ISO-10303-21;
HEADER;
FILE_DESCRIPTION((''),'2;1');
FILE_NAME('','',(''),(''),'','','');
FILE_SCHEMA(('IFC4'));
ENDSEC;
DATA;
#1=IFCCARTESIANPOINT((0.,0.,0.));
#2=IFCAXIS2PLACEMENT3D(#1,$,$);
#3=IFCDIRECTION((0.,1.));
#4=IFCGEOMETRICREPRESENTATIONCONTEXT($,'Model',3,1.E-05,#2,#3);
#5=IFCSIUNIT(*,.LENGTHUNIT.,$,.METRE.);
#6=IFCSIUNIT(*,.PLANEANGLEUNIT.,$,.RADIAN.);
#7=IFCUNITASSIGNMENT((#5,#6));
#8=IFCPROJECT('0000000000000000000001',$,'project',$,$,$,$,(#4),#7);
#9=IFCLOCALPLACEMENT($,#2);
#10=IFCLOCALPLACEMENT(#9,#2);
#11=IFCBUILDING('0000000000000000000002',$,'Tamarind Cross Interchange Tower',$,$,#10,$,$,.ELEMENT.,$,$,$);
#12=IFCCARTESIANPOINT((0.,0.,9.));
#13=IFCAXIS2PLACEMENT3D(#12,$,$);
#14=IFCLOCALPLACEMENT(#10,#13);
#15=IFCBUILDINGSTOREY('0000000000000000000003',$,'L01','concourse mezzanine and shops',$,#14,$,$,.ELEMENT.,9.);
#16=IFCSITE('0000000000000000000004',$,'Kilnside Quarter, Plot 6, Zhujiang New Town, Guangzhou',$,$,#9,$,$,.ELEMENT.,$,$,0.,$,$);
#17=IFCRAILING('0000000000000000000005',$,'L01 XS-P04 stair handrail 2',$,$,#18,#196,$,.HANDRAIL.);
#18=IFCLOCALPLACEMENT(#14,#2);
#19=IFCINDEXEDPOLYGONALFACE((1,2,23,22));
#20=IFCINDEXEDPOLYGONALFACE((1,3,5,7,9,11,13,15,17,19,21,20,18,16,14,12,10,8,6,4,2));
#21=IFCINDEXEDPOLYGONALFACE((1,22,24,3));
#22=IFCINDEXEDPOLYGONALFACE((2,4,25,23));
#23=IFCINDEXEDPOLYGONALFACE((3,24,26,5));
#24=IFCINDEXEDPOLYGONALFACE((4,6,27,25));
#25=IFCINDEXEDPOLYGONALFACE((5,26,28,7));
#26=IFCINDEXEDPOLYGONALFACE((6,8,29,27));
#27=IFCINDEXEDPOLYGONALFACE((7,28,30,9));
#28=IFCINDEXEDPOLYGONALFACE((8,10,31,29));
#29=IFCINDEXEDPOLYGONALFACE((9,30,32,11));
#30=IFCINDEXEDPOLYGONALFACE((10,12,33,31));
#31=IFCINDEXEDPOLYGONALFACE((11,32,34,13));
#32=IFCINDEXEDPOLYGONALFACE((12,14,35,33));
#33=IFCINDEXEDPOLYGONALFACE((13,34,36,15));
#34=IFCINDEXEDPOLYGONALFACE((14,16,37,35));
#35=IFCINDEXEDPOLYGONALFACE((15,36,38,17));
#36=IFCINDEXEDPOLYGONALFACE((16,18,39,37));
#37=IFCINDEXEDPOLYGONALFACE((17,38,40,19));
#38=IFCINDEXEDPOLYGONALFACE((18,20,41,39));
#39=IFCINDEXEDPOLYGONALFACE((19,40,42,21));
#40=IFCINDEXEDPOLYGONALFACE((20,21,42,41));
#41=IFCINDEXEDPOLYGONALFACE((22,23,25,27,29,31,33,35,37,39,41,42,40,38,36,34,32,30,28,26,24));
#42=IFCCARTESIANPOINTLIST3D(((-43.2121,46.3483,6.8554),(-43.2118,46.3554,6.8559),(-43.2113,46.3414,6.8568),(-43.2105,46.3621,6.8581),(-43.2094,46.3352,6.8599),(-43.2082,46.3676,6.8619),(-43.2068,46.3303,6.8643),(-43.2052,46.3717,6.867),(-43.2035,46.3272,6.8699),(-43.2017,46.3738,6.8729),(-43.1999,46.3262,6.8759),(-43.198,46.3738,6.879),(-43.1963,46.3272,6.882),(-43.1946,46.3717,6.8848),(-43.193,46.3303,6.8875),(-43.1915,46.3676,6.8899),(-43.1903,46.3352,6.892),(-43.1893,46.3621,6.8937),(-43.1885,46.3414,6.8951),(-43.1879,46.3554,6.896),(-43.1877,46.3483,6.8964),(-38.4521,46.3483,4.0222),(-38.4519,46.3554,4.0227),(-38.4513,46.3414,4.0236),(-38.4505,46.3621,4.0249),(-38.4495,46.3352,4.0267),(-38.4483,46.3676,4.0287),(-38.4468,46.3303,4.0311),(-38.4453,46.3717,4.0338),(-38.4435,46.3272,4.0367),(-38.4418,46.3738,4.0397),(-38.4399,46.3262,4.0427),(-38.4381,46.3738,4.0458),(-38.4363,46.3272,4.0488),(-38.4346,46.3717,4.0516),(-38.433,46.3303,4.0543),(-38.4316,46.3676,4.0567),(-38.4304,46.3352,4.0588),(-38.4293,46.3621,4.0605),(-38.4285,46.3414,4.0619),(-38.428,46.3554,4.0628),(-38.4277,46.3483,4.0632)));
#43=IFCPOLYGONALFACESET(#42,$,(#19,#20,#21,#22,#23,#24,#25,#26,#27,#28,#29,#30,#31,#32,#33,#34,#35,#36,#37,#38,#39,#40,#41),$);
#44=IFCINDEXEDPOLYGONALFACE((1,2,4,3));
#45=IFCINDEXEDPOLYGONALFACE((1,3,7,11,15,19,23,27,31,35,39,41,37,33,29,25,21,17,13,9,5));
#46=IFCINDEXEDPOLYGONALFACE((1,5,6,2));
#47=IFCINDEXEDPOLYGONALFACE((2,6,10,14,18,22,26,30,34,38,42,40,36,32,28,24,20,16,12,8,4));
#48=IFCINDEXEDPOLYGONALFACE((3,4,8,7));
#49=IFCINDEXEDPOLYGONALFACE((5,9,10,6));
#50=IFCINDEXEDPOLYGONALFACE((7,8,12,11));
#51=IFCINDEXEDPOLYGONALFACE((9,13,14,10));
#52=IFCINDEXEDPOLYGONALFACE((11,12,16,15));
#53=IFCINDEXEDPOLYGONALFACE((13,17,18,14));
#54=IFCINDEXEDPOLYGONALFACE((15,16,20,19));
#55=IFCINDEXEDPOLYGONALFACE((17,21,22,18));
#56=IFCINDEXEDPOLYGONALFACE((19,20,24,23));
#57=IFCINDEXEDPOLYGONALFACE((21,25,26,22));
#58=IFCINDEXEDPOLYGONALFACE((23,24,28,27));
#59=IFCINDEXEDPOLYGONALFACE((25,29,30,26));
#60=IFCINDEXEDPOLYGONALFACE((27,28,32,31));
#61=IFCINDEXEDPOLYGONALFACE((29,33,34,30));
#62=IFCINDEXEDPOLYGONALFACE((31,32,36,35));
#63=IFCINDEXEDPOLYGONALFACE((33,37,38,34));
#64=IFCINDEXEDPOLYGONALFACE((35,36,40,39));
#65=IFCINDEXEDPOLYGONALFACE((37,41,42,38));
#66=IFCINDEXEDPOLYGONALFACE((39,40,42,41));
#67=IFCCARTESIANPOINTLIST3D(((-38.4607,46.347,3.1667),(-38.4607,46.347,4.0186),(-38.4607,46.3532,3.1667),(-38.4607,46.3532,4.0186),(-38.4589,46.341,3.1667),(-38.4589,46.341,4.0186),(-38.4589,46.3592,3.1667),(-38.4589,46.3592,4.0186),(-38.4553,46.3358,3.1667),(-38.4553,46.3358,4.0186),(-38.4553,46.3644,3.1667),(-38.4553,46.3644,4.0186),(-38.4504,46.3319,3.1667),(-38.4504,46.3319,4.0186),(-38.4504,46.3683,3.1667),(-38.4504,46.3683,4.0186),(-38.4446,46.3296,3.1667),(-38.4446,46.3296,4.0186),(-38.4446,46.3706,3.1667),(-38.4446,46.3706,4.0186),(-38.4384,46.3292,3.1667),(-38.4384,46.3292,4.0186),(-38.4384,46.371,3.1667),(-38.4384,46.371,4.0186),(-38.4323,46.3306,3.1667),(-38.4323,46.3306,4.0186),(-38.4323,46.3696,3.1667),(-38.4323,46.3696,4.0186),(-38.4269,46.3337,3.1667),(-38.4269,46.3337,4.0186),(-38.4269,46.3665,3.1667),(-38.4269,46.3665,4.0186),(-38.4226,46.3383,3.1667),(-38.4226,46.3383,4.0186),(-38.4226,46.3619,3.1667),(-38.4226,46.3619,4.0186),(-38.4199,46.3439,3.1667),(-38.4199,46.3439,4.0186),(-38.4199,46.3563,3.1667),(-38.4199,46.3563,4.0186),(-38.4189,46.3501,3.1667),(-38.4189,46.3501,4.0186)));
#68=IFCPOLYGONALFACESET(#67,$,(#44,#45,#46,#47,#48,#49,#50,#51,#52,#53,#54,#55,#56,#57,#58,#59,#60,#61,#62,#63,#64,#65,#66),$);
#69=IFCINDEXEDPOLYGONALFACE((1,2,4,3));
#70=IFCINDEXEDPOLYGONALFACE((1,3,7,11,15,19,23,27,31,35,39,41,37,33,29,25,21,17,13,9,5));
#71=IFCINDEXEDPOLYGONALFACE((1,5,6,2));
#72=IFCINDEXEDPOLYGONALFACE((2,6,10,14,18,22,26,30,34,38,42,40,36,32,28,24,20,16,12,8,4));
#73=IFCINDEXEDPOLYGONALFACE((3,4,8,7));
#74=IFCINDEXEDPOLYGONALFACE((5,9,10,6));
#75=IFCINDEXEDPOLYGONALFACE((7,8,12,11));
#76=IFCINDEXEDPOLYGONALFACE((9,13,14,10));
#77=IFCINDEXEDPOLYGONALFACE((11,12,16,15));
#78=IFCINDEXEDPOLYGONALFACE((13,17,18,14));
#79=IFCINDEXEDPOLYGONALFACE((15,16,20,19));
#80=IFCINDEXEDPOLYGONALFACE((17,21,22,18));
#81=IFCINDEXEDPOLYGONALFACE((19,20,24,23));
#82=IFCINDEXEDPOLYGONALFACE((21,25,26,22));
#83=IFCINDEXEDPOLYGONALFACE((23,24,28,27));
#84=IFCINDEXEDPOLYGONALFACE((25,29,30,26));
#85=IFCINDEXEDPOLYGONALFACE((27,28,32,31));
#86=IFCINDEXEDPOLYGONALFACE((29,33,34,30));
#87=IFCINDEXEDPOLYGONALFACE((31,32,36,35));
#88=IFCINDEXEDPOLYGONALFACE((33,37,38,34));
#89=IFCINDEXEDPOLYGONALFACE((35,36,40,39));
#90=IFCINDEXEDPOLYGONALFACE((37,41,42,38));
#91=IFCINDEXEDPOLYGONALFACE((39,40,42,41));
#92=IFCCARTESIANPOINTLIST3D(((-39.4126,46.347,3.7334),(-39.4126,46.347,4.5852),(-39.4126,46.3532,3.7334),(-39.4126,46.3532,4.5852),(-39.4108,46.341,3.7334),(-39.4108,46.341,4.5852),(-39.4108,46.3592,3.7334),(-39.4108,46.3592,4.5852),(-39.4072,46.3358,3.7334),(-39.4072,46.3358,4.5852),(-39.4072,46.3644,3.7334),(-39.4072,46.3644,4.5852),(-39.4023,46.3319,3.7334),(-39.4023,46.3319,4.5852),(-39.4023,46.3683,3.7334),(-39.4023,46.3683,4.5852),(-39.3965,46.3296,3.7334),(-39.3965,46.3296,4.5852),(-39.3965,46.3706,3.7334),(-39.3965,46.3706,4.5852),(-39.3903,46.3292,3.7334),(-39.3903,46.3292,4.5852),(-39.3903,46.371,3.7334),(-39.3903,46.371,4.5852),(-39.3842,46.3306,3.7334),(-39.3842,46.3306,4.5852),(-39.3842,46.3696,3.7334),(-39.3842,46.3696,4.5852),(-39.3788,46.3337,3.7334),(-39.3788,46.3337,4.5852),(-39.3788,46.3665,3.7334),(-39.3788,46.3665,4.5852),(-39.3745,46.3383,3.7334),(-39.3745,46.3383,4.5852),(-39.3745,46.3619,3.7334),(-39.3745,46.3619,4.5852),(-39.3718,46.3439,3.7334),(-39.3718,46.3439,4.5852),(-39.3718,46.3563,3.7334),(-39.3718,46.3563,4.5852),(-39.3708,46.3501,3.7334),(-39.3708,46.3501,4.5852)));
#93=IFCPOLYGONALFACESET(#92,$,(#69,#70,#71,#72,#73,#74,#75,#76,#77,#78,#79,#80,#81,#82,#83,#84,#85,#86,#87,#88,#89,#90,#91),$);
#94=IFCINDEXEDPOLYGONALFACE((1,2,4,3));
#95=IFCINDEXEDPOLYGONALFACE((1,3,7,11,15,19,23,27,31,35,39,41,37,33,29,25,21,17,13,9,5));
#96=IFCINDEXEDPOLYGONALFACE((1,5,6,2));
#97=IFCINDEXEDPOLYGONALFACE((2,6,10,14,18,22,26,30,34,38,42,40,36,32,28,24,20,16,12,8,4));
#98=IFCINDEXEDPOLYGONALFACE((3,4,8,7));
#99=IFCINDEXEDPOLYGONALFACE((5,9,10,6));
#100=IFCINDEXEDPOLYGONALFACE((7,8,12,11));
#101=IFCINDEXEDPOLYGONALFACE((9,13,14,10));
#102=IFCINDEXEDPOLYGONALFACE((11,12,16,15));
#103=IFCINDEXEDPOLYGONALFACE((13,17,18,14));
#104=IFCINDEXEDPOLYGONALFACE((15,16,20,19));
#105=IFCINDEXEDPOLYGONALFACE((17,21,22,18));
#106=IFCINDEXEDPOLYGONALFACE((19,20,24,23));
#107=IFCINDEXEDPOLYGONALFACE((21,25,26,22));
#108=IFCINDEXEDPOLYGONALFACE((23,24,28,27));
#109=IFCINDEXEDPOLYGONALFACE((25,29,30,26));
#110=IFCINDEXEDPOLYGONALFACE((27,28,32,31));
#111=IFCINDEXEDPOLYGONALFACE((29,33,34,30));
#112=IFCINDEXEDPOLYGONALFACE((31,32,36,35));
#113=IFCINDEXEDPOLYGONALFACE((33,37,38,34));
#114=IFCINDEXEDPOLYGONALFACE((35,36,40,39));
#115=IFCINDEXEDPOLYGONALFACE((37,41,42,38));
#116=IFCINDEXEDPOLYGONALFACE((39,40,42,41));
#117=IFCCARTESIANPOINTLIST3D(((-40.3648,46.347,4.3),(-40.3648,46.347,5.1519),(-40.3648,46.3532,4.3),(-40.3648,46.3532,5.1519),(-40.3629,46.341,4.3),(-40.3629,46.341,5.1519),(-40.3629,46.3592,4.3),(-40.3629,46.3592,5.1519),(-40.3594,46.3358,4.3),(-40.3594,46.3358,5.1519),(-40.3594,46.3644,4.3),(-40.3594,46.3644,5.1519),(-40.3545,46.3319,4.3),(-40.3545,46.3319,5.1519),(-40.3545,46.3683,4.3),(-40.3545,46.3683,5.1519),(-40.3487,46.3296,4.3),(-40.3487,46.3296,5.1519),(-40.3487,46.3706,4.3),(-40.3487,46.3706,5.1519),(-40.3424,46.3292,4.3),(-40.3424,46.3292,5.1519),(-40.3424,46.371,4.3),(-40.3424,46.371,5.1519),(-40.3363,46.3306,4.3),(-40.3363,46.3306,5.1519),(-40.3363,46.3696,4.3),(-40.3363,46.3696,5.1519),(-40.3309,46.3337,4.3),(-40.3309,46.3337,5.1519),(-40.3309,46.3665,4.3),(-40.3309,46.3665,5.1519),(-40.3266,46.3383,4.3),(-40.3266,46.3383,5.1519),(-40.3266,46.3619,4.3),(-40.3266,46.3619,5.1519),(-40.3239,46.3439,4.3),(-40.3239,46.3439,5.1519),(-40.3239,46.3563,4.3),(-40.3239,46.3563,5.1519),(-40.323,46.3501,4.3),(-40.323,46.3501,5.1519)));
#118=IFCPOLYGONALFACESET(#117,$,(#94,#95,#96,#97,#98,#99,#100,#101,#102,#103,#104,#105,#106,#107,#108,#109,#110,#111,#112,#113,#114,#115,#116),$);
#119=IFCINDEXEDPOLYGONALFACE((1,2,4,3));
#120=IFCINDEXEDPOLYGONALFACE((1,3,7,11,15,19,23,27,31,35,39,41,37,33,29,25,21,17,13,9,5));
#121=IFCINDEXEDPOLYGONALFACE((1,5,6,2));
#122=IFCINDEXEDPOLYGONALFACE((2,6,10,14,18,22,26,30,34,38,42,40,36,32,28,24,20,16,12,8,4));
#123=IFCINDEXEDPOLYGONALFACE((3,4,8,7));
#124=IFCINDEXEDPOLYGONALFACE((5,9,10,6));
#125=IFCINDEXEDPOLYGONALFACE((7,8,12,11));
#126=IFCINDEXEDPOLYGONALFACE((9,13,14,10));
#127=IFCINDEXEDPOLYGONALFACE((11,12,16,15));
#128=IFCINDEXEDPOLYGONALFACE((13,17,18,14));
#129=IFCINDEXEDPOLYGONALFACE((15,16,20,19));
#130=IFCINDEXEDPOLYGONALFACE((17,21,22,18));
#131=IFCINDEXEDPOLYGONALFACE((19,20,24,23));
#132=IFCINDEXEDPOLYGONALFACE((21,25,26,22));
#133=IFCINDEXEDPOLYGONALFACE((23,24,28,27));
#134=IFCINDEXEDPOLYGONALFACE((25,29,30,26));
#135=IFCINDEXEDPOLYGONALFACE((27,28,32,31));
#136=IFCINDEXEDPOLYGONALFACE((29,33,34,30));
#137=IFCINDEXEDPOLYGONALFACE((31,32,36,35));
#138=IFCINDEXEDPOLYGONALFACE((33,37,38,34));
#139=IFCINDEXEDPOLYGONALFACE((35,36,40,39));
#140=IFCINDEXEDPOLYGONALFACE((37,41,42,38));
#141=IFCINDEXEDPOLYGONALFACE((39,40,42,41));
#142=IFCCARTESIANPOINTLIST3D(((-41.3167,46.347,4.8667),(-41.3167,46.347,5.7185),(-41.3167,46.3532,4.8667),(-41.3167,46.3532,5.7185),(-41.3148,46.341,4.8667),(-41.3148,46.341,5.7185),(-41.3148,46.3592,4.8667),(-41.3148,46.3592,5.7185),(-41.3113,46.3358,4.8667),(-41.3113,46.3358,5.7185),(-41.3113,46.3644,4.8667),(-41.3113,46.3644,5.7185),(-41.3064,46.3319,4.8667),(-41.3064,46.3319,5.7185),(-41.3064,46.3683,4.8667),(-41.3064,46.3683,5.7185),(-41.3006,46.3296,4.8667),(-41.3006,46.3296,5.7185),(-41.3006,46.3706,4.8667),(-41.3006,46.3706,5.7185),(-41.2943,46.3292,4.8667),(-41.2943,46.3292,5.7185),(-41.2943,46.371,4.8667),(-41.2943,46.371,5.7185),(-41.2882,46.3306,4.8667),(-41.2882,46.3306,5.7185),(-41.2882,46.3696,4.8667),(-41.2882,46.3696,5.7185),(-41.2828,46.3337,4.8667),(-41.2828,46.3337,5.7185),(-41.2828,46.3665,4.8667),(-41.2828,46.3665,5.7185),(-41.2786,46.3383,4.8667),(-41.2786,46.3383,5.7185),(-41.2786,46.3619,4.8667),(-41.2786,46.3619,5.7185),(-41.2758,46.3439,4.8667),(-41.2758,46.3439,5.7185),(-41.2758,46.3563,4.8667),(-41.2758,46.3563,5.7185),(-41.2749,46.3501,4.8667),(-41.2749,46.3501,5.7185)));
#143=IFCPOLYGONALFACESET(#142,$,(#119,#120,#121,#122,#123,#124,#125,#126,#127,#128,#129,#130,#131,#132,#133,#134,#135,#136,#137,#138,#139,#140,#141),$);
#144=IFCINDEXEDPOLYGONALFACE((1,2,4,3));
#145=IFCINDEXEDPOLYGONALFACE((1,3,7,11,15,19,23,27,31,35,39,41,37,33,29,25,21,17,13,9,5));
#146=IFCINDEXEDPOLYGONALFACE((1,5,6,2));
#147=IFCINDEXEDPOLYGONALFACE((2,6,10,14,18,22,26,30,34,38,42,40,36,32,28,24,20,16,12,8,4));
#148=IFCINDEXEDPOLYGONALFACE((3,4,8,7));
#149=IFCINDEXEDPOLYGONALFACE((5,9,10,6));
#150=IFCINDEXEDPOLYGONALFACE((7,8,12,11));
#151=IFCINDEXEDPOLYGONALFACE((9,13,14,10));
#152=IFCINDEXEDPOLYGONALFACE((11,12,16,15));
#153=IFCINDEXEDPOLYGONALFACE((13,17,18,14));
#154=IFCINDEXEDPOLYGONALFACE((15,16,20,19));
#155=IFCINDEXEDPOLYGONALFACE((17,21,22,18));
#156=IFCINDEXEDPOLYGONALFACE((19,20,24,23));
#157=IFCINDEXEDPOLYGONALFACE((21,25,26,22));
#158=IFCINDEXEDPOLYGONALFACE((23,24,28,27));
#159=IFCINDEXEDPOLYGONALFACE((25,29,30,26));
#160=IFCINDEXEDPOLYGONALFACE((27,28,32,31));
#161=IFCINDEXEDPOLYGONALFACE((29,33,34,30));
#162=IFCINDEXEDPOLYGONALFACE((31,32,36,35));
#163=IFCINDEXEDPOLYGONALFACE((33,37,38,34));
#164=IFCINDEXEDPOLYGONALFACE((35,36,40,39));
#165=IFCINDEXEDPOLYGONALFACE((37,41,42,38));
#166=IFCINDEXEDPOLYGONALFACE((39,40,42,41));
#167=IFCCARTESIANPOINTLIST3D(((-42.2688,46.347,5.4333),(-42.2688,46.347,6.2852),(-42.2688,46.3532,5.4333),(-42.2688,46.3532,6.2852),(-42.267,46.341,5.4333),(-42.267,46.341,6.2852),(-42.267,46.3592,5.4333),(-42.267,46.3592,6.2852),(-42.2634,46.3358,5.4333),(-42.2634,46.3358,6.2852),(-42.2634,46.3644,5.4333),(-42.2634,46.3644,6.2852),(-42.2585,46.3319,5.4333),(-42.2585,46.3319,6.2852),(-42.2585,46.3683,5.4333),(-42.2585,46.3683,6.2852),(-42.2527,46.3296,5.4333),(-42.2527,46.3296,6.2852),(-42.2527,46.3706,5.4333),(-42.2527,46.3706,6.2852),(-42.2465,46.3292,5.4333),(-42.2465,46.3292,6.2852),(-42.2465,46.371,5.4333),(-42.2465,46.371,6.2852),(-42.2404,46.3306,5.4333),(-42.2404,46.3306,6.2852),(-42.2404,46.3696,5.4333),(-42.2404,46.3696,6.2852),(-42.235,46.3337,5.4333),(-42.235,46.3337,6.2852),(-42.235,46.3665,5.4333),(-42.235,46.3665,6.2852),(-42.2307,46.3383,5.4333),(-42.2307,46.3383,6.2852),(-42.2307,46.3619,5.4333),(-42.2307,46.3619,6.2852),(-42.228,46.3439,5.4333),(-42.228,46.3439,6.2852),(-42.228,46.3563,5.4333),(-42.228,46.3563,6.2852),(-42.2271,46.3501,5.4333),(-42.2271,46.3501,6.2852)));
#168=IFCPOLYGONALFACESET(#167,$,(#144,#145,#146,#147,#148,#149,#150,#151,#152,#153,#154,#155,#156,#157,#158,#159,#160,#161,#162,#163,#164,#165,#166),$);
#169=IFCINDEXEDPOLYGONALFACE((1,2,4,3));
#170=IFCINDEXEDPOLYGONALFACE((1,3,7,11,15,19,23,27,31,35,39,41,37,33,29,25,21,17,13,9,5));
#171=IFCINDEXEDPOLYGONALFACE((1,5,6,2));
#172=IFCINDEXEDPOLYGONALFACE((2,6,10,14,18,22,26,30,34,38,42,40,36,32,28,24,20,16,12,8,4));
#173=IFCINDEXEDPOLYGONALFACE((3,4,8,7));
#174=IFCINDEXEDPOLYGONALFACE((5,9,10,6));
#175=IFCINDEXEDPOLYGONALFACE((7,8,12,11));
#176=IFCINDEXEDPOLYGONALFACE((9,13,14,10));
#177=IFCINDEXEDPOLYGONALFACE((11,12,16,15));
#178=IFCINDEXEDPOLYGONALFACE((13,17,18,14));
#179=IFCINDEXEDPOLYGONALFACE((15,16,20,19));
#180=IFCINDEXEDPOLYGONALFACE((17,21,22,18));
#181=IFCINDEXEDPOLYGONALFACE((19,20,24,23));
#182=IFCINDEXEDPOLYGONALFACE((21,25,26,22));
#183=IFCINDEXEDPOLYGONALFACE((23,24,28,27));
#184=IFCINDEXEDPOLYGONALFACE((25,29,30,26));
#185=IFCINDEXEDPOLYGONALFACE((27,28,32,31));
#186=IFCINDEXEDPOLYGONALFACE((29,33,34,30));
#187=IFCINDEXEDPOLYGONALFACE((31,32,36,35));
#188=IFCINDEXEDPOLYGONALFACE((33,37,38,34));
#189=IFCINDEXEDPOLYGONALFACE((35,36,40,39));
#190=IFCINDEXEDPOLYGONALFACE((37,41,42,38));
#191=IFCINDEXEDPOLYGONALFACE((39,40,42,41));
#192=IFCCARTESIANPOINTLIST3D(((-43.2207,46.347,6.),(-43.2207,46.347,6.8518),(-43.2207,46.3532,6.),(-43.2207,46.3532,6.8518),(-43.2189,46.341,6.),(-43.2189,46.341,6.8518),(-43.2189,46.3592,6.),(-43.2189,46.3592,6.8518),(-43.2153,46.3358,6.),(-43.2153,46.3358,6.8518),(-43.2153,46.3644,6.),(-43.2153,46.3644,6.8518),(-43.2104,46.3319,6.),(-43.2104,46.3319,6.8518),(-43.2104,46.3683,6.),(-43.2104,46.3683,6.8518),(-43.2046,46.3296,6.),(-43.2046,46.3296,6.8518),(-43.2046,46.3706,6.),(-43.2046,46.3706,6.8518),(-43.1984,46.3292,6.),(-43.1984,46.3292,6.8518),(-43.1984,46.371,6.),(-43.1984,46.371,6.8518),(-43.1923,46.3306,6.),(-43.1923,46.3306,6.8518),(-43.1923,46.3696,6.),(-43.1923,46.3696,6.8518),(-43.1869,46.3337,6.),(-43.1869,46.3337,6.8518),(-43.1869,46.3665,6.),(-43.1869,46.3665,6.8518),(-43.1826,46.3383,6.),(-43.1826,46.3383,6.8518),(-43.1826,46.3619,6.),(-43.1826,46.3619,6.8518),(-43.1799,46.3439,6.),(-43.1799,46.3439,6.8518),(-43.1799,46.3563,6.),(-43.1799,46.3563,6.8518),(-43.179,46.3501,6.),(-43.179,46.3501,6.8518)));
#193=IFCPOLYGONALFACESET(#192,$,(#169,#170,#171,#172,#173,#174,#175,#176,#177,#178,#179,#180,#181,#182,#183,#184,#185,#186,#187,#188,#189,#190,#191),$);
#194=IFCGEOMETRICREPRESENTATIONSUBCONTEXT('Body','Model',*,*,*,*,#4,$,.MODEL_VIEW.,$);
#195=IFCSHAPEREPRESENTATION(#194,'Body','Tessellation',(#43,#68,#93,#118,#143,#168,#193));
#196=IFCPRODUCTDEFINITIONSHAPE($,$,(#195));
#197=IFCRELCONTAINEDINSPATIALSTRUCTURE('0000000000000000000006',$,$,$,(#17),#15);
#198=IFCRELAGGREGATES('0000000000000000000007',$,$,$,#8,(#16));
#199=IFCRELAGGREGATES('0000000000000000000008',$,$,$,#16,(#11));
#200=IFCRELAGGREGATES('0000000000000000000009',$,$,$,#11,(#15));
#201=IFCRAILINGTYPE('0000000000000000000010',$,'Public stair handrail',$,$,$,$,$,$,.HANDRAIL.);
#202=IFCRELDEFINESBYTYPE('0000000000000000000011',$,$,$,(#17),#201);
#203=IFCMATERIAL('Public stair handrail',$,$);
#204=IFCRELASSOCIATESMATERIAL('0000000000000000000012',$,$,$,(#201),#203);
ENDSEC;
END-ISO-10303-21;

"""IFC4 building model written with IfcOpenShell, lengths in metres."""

from ifc_helpers import new_model, si_unit, direction, frame, origin, origin_2d, place, context, subcontext, project, spatial, circle, extrude, material, type_object, element, save


model = new_model("IFC4")

# Units and contexts
model_context = context("Model", 3, precision=1e-05, world=origin(), true_north=direction((0.0, 1.0)))
body_context = subcontext(model_context, "Body", "Model", "MODEL_VIEW")
ifc_project = project(units=[si_unit("LENGTHUNIT", "METRE"), si_unit("PLANEANGLEUNIT", "RADIAN")], contexts=[model_context])

# Site, building, storey
site_placement = place(None, origin())
site = spatial("IfcSite", under=ifc_project, at=site_placement, Name="Kilnside Quarter, Plot 6, Zhujiang New Town, Guangzhou", CompositionType="ELEMENT", RefElevation=0.0)
building_placement = place(site_placement, origin())
building = spatial("IfcBuilding", under=site, at=building_placement, Name="Tamarind Cross Interchange Tower", CompositionType="ELEMENT")
storey_placement = place(building_placement, frame((0.0, 0.0, 9.0)))
storey = spatial("IfcBuildingStorey", under=building, at=storey_placement, Name="L01", Description="concourse mezzanine and shops", CompositionType="ELEMENT", Elevation=9.0)

# Railing
ifc_material_1 = material(Name="Public stair handrail")
railing_type_1 = type_object("IfcRailingType", Name="Public stair handrail", PredefinedType="HANDRAIL", material=ifc_material_1)
for number, where, name in (
    (1, (-38.4399, 46.3501, 3.1667), "L01 XS-P04 stair handrail 2"),
):
    element("IfcRailing", number, at=place(storey_placement, frame(where)), inside=storey, type_object=railing_type_1, Name=name, PredefinedType="HANDRAIL", context=body_context, shape_type="SweptSolid", body=[
        extrude(circle(Radius=0.0239, at=origin_2d()), frame((0.0, 0.0, 0.876), z_axis=(-0.8593, 0.0, 0.511472), x_axis=(0.0, -1.0, 0.0)), (0.0, 0.0, 1.0), 5.5393),
        extrude(circle(Radius=0.021, at=origin_2d()), origin(), (0.0, 0.0, 1.0), 0.8518),
        extrude(circle(Radius=0.021, at=origin_2d()), frame((-0.9519, 0.0, 0.5667)), (0.0, 0.0, 1.0), 0.8518),
        extrude(circle(Radius=0.021, at=origin_2d()), frame((-1.9041, 0.0, 1.1333)), (0.0, 0.0, 1.0), 0.8518),
        extrude(circle(Radius=0.021, at=origin_2d()), frame((-2.856, 0.0, 1.7)), (0.0, 0.0, 1.0), 0.8518),
        extrude(circle(Radius=0.021, at=origin_2d()), frame((-3.8081, 0.0, 2.2666)), (0.0, 0.0, 1.0), 0.8518),
        extrude(circle(Radius=0.021, at=origin_2d()), frame((-4.76, 0.0, 2.8333)), (0.0, 0.0, 1.0), 0.8518),
    ])

save(model, "model.ifc")
